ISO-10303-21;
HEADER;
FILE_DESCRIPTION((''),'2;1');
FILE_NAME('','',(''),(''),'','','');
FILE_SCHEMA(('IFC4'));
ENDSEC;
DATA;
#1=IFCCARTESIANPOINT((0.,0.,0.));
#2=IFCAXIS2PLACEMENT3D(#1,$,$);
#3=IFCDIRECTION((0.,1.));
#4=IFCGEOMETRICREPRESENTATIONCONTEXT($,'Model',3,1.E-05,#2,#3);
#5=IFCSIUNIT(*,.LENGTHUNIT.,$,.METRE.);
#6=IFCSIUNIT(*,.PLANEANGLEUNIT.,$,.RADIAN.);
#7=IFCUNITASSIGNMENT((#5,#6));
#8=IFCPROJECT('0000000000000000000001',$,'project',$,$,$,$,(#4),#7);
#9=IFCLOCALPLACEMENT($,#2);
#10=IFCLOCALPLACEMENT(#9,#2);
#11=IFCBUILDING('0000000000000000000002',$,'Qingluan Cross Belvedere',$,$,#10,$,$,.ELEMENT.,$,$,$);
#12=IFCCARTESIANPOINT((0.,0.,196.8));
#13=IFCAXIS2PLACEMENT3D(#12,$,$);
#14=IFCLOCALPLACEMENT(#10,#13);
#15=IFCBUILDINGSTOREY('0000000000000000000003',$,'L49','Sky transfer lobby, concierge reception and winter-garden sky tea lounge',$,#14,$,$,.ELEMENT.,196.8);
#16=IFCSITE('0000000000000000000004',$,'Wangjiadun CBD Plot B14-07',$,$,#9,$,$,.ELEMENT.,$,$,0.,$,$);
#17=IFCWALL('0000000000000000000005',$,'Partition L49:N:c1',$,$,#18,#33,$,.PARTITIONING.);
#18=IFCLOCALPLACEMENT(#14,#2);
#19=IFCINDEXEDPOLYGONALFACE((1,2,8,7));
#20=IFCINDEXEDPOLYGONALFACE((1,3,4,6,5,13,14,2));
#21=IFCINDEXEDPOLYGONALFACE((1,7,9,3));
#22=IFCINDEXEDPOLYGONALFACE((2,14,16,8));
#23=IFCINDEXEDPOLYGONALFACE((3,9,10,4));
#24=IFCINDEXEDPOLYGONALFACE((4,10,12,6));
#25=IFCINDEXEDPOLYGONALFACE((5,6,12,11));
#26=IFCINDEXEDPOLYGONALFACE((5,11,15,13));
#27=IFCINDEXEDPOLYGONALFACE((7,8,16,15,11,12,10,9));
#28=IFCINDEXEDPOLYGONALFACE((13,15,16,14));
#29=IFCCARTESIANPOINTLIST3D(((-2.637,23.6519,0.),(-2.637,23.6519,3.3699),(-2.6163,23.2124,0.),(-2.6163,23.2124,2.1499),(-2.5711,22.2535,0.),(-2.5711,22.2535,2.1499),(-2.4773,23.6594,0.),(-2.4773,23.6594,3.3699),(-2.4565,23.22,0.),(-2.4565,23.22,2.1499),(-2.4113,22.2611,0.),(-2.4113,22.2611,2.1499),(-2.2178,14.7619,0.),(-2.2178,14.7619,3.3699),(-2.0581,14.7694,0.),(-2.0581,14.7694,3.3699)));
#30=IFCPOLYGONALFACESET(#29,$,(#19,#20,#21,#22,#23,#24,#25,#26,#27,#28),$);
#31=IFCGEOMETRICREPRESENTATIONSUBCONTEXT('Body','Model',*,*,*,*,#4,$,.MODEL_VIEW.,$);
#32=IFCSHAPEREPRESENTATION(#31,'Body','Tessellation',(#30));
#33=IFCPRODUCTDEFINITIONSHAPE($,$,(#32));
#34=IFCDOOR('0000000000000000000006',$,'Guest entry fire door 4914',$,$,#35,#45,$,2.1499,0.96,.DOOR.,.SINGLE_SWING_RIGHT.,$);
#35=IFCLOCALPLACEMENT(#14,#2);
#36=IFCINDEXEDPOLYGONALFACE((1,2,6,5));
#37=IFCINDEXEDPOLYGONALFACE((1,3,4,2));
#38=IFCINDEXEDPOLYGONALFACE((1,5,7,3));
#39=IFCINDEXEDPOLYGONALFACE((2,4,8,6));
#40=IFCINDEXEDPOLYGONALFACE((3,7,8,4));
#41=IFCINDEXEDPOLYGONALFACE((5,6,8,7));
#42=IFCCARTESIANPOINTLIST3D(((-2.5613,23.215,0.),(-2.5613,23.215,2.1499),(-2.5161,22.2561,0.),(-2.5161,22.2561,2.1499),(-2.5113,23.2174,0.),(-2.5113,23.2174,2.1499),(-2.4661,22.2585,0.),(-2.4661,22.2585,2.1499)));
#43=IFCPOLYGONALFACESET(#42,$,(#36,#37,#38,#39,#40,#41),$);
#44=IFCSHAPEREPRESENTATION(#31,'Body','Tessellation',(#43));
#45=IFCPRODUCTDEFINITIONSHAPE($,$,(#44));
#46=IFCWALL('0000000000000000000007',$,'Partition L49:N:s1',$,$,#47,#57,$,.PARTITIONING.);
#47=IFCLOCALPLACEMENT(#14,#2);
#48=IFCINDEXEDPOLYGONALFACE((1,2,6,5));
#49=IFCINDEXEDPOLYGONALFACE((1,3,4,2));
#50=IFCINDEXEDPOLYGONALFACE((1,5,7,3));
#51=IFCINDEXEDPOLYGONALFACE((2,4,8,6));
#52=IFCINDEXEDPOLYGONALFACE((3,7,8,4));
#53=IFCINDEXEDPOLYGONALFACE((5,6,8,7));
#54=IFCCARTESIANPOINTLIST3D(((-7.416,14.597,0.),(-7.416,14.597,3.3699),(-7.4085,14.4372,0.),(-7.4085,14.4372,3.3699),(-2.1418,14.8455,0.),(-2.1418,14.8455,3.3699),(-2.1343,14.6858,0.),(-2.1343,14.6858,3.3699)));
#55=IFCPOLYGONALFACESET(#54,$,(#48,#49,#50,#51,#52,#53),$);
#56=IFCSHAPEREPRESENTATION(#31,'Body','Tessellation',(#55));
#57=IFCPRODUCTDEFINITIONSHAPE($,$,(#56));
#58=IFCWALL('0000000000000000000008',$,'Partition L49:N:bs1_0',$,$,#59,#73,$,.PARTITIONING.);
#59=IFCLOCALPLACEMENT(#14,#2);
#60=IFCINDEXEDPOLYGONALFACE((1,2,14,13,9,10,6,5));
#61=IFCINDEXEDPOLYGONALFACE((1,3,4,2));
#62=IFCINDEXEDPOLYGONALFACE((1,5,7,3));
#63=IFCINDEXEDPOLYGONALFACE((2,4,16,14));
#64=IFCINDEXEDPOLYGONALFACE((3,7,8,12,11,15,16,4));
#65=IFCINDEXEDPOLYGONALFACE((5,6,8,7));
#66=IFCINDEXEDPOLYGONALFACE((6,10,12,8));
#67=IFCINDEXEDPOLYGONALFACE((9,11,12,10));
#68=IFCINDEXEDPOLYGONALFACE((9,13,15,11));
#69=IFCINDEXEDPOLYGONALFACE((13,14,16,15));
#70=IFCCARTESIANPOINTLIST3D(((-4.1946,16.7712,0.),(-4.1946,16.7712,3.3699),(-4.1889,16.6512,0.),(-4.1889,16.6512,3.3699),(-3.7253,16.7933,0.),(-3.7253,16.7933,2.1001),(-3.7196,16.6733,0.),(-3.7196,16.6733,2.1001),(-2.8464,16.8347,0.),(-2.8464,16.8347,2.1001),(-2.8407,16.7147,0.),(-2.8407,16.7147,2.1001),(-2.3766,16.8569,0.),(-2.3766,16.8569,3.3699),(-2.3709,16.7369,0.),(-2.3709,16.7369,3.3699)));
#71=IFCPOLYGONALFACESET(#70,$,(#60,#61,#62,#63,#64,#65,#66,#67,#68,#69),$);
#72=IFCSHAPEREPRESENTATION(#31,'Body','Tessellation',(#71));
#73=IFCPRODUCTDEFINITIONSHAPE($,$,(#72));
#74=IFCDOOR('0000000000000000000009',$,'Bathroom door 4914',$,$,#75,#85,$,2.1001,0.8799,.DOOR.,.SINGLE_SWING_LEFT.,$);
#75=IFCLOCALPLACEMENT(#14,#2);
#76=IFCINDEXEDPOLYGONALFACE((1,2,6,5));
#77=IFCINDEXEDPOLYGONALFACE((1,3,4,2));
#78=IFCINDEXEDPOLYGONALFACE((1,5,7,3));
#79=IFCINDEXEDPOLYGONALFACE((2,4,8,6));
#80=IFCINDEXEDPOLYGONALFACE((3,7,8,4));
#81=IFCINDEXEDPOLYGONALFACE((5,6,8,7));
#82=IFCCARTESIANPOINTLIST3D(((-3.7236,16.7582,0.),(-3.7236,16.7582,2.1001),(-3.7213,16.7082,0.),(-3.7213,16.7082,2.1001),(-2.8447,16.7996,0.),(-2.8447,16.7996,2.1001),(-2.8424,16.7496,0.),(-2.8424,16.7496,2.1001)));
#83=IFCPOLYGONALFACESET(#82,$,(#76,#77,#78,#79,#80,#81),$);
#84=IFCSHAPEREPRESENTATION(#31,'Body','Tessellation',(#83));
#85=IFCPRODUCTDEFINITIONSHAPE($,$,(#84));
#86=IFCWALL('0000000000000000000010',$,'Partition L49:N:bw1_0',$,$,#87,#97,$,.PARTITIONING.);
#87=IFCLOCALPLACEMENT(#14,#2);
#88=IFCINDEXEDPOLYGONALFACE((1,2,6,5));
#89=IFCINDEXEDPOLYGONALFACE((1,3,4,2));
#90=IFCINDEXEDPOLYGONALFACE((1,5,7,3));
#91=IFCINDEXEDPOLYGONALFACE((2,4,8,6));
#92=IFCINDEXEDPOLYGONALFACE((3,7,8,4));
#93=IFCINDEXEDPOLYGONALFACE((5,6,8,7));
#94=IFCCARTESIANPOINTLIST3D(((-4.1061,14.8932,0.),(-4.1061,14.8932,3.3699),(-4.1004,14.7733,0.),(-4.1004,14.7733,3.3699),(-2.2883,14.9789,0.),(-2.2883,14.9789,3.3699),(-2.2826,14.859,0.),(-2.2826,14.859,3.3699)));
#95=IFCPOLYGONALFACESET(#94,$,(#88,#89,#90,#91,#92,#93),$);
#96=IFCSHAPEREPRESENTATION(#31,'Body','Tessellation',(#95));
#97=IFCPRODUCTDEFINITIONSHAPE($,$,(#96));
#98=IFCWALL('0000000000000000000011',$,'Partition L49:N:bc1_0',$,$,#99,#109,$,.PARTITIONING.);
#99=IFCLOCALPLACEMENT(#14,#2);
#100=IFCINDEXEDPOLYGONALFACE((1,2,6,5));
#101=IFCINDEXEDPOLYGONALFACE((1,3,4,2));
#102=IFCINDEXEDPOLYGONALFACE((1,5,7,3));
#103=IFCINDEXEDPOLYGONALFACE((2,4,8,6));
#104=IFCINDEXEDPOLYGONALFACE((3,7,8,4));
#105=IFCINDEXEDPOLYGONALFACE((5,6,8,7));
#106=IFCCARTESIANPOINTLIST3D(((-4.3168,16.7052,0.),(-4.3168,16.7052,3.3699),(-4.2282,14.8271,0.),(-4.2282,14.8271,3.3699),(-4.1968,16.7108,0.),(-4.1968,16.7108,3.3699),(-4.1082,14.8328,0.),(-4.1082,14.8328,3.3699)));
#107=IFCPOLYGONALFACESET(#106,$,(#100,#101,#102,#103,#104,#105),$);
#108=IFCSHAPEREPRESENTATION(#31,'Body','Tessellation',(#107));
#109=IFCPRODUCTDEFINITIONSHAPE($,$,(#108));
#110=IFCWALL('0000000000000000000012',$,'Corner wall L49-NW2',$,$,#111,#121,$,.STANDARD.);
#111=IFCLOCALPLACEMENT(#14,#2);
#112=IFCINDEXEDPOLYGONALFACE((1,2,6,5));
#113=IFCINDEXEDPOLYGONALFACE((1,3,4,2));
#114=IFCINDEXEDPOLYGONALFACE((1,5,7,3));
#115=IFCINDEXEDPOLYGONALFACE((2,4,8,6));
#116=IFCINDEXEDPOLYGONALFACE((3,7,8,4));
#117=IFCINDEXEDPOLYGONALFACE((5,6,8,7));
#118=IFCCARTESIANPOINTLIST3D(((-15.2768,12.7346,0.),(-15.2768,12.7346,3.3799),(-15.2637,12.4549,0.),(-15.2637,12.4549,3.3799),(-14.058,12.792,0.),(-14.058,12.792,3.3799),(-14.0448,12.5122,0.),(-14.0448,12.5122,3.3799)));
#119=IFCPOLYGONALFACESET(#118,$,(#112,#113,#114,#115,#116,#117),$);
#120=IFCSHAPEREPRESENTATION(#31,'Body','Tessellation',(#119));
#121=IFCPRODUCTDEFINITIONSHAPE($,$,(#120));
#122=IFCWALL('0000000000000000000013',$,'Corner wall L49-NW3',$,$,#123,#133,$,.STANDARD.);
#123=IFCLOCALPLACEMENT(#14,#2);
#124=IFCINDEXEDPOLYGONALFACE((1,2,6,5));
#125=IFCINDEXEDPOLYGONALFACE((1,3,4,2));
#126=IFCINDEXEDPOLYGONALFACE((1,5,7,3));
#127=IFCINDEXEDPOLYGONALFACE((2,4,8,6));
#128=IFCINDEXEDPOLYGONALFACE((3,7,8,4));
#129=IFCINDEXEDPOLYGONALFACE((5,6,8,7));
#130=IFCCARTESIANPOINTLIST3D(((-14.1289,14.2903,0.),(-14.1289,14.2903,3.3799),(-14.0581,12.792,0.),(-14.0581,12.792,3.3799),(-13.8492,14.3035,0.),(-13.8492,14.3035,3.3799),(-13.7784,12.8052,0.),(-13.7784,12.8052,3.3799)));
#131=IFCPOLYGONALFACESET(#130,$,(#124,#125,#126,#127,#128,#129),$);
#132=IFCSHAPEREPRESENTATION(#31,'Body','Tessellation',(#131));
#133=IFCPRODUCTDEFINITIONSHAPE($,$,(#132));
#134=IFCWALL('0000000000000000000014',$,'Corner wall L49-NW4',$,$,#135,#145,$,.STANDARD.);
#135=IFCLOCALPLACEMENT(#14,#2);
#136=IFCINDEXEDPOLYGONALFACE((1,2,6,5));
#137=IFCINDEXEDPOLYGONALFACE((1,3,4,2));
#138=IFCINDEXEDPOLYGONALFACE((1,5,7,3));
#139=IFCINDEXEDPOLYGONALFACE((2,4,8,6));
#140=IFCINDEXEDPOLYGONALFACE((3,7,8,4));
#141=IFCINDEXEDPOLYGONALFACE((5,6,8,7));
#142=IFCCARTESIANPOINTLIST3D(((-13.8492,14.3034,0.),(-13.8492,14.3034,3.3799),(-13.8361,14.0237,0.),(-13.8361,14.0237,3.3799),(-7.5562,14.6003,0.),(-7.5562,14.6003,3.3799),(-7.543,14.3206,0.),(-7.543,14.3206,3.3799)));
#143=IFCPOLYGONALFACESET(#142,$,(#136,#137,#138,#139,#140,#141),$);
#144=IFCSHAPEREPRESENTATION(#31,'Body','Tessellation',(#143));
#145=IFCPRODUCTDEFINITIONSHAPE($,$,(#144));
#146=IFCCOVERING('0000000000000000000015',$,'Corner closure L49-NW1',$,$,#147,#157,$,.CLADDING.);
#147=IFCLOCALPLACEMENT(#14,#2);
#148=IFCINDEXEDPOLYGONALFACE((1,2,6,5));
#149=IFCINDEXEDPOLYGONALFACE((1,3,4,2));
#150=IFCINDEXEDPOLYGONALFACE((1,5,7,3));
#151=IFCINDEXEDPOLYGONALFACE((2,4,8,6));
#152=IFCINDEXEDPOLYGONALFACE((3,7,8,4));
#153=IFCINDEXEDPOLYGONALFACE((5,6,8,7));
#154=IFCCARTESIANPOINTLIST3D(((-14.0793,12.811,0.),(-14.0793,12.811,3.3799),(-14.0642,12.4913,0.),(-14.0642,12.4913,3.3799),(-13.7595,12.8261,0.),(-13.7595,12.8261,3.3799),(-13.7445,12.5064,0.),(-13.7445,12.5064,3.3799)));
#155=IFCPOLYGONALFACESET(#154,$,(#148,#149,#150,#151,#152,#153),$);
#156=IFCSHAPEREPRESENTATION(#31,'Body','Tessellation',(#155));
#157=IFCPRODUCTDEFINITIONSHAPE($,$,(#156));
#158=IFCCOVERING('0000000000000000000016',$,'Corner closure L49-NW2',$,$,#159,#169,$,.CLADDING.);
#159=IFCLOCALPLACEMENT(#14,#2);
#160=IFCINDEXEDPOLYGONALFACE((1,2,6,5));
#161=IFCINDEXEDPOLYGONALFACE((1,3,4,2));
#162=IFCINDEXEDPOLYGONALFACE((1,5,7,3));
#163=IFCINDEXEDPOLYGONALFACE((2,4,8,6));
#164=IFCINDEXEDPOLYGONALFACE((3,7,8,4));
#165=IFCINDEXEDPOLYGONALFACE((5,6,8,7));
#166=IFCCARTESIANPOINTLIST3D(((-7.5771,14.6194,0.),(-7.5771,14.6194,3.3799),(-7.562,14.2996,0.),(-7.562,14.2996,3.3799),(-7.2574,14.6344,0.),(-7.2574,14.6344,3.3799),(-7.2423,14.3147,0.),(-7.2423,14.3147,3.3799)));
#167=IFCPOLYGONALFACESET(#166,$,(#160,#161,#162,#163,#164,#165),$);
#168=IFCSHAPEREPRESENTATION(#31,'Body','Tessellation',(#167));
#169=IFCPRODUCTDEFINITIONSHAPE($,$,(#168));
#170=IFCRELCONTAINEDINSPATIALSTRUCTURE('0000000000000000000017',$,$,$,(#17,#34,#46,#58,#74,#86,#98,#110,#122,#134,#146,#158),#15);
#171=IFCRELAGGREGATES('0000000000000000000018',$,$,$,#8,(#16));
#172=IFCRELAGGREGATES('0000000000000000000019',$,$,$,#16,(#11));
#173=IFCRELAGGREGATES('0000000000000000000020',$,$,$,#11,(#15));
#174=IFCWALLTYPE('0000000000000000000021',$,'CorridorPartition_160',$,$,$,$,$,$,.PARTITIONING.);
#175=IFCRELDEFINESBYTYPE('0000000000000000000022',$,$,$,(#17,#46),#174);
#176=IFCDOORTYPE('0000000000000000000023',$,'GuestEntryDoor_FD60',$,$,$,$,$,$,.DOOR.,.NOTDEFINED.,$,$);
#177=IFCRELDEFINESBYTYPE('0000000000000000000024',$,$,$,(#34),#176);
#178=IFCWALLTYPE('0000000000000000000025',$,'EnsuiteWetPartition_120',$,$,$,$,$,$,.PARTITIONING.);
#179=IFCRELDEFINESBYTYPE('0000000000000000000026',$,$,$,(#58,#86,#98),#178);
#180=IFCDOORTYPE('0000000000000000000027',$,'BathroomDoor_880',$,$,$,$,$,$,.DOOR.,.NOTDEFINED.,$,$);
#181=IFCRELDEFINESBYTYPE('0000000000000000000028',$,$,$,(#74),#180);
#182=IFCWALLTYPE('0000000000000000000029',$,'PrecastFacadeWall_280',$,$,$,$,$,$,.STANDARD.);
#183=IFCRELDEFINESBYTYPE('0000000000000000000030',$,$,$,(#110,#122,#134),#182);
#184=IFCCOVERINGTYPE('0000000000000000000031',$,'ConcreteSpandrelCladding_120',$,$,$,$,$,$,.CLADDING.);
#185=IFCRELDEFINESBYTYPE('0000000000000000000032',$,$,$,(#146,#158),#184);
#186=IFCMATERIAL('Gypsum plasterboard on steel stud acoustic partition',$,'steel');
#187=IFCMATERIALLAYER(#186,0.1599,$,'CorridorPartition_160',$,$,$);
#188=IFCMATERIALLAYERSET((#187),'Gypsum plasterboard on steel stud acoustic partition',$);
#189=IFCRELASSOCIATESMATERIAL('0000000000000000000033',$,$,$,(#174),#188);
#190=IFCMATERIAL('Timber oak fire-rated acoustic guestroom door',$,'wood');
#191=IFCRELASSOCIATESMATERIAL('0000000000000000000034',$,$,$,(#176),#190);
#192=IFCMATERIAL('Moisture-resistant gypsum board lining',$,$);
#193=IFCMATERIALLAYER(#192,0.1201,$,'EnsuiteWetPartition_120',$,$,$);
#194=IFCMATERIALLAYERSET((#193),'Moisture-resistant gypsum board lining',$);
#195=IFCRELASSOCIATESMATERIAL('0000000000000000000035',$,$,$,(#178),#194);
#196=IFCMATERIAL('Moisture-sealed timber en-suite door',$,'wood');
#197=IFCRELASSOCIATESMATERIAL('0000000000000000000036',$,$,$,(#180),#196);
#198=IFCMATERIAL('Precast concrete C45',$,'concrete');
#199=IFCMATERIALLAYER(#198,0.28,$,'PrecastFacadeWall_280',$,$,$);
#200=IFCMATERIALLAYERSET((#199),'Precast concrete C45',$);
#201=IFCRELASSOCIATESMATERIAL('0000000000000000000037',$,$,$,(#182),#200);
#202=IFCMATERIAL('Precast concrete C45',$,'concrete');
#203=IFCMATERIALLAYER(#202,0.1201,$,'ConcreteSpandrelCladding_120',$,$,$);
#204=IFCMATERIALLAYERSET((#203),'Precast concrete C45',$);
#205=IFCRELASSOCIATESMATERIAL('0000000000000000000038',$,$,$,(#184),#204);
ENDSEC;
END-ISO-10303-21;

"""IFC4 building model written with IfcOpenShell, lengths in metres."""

from ifc_helpers import new_model, si_unit, direction, frame, frame_2d, origin, origin_2d, place, context, subcontext, project, spatial, rectangle, extrude, material, layer, layer_set, type_object, element, fill, save


model = new_model("IFC4")

# Units and contexts
model_context = context("Model", 3, precision=1e-05, world=origin(), true_north=direction((0.0, 1.0)))
body_context = subcontext(model_context, "Body", "Model", "MODEL_VIEW")
ifc_project = project(units=[si_unit("LENGTHUNIT", "METRE"), si_unit("PLANEANGLEUNIT", "RADIAN")], contexts=[model_context])

# Site, building, storey
site_placement = place(None, origin())
site = spatial("IfcSite", under=ifc_project, at=site_placement, Name="Wangjiadun CBD Plot B14-07", CompositionType="ELEMENT", RefElevation=0.0)
building_placement = place(site_placement, origin())
building = spatial("IfcBuilding", under=site, at=building_placement, Name="Qingluan Cross Belvedere", CompositionType="ELEMENT")
storey_placement = place(building_placement, frame((0.0, 0.0, 196.8)))
storey = spatial("IfcBuildingStorey", under=building, at=storey_placement, Name="L49", Description="Sky transfer lobby, concierge reception and winter-garden sky tea lounge", CompositionType="ELEMENT", Elevation=196.8)

# Shared definitions
ifc_material_1 = material(Name="Gypsum plasterboard on steel stud acoustic partition", Category="steel")
ifc_layer_1 = layer(ifc_material_1, 0.1599, Name="CorridorPartition_160")
ifc_layer_set_1 = layer_set([ifc_layer_1], Name="Gypsum plasterboard on steel stud acoustic partition")
wall_type_1 = type_object("IfcWallType", Name="CorridorPartition_160", PredefinedType="PARTITIONING", material=ifc_layer_set_1)

# Wall, opening, door
wall_1_placement = place(storey_placement, frame((-2.1379, 14.7656, 0.0), z_axis=(0.0, 0.0, 1.0), x_axis=(-0.0471, 0.99889, 0.0)))
wall_1 = element("IfcWall", 1, at=wall_1_placement, inside=storey, type_object=wall_type_1, Name="Partition L49:N:c1", PredefinedType="PARTITIONING", context=body_context, shape_type="SweptSolid", body=[
    extrude(rectangle(XDim=8.8999, YDim=0.1599, at=frame_2d((4.45, 0.0))), origin(), (0.0, 0.0, 1.0), 3.3699),
])
opening_1_placement = place(wall_1_placement, frame((7.5, 0.0, 0.0)))
opening_1 = element("IfcOpeningElement", 2, at=opening_1_placement, cuts=wall_1, PredefinedType="OPENING", context=body_context, shape_type="SweptSolid", body=[
    extrude(rectangle(XDim=0.96, YDim=2.1499, at=frame_2d((0.48, 1.075))), frame((0.0, 0.0898, 0.0), z_axis=(0.0, -1.0, 0.0), x_axis=(1.0, 0.0, 0.0)), (0.0, 0.0, 1.0), 0.1799),
])
ifc_material_2 = material(Name="Timber oak fire-rated acoustic guestroom door", Category="wood")
door_type_1 = type_object("IfcDoorType", Name="GuestEntryDoor_FD60", OperationType="NOTDEFINED", PredefinedType="DOOR", material=ifc_material_2)
door_1_placement = place(opening_1_placement, origin())
door_1 = element("IfcDoor", 3, at=door_1_placement, inside=storey, type_object=door_type_1, Name="Guest entry fire door 4914", OperationType="SINGLE_SWING_RIGHT", OverallHeight=2.1499, OverallWidth=0.96, PredefinedType="DOOR", context=body_context, shape_type="SweptSolid", body=[
    extrude(rectangle(XDim=0.96, YDim=2.1499, at=frame_2d((0.48, 1.075))), frame((0.0, 0.0249, 0.0), z_axis=(0.0, -1.0, 0.0), x_axis=(1.0, 0.0, 0.0)), (0.0, 0.0, 1.0), 0.05),
])
fill(opening_1, door_1)

# Wall
wall_2_placement = place(storey_placement, frame((-2.1379, 14.7656, 0.0), z_axis=(0.0, 0.0, 1.0), x_axis=(-0.998892, -0.047071, 0.0)))
element("IfcWall", 4, at=wall_2_placement, inside=storey, type_object=wall_type_1, Name="Partition L49:N:s1", PredefinedType="PARTITIONING", context=body_context, shape_type="SweptSolid", body=[
    extrude(rectangle(XDim=5.28, YDim=0.1599, at=frame_2d((2.6401, 0.0))), origin(), (0.0, 0.0, 1.0), 3.3699),
])

# Wall, opening, door
ifc_material_3 = material(Name="Moisture-resistant gypsum board lining")
ifc_layer_2 = layer(ifc_material_3, 0.1201, Name="EnsuiteWetPartition_120")
ifc_layer_set_2 = layer_set([ifc_layer_2], Name="Moisture-resistant gypsum board lining")
wall_type_2 = type_object("IfcWallType", Name="EnsuiteWetPartition_120", PredefinedType="PARTITIONING", material=ifc_layer_set_2)
wall_3_placement = place(storey_placement, frame((-4.1919, 16.7112, 0.0), z_axis=(0.0, 0.0, 1.0), x_axis=(0.998891, 0.047081, 0.0)))
wall_3 = element("IfcWall", 5, at=wall_3_placement, inside=storey, type_object=wall_type_2, Name="Partition L49:N:bs1_0", PredefinedType="PARTITIONING", context=body_context, shape_type="SweptSolid", body=[
    extrude(rectangle(XDim=1.8201, YDim=0.1201, at=frame_2d((0.9102, 0.0))), origin(), (0.0, 0.0, 1.0), 3.3699),
])
opening_2_placement = place(wall_3_placement, frame((0.47, 0.0, 0.0)))
opening_2 = element("IfcOpeningElement", 6, at=opening_2_placement, cuts=wall_3, PredefinedType="OPENING", context=body_context, shape_type="SweptSolid", body=[
    extrude(rectangle(XDim=0.8799, YDim=2.1001, at=frame_2d((0.4399, 1.05))), frame((0.0, 0.0701, 0.0), z_axis=(0.0, -1.0, 0.0), x_axis=(1.0, 0.0, 0.0)), (0.0, 0.0, 1.0), 0.1401),
])
ifc_material_4 = material(Name="Moisture-sealed timber en-suite door", Category="wood")
door_type_2 = type_object("IfcDoorType", Name="BathroomDoor_880", OperationType="NOTDEFINED", PredefinedType="DOOR", material=ifc_material_4)
door_2_placement = place(opening_2_placement, origin())
door_2 = element("IfcDoor", 7, at=door_2_placement, inside=storey, type_object=door_type_2, Name="Bathroom door 4914", OperationType="SINGLE_SWING_LEFT", OverallHeight=2.1001, OverallWidth=0.8799, PredefinedType="DOOR", context=body_context, shape_type="SweptSolid", body=[
    extrude(rectangle(XDim=0.8799, YDim=2.1001, at=frame_2d((0.4399, 1.05))), frame((0.0, 0.0249, 0.0), z_axis=(0.0, -1.0, 0.0), x_axis=(1.0, 0.0, 0.0)), (0.0, 0.0, 1.0), 0.05),
])
fill(opening_2, door_2)

# Walls
wall_4_placement = place(storey_placement, frame((-4.1033, 14.8333, 0.0), z_axis=(0.0, 0.0, 1.0), x_axis=(0.998891, 0.047087, 0.0)))
element("IfcWall", 8, at=wall_4_placement, inside=storey, type_object=wall_type_2, Name="Partition L49:N:bw1_0", PredefinedType="PARTITIONING", context=body_context, shape_type="SweptSolid", body=[
    extrude(rectangle(XDim=1.8198, YDim=0.1201, at=frame_2d((0.9099, 0.0))), origin(), (0.0, 0.0, 1.0), 3.3699),
])
wall_5_placement = place(storey_placement, frame((-4.1682, 14.8301, 0.0), z_axis=(0.0, 0.0, 1.0), x_axis=(-0.047139, 0.998888, 0.0)))
element("IfcWall", 9, at=wall_5_placement, inside=storey, type_object=wall_type_2, Name="Partition L49:N:bc1_0", PredefinedType="PARTITIONING", context=body_context, shape_type="SweptSolid", body=[
    extrude(rectangle(XDim=1.8801, YDim=0.1201, at=frame_2d((0.9399, 0.0))), origin(), (0.0, 0.0, 1.0), 3.3699),
])
ifc_material_5 = material(Name="Precast concrete C45", Category="concrete")
ifc_layer_3 = layer(ifc_material_5, 0.28, Name="PrecastFacadeWall_280")
ifc_layer_set_3 = layer_set([ifc_layer_3], Name="Precast concrete C45")
wall_type_3 = type_object("IfcWallType", Name="PrecastFacadeWall_280", PredefinedType="STANDARD", material=ifc_layer_set_3)
wall_6_placement = place(storey_placement, frame((-15.2703, 12.5947, 0.0), z_axis=(0.0, 0.0, 1.0), x_axis=(0.998894, 0.047023, 0.0)))
element("IfcWall", 10, at=wall_6_placement, inside=storey, type_object=wall_type_3, Name="Corner wall L49-NW2", PredefinedType="STANDARD", context=body_context, shape_type="SweptSolid", body=[
    extrude(rectangle(XDim=1.2202, YDim=0.28, at=frame_2d((0.6101, 0.0))), origin(), (0.0, 0.0, 1.0), 3.3799),
])
wall_7_placement = place(storey_placement, frame((-13.9182, 12.7986, 0.0), z_axis=(0.0, 0.0, 1.0), x_axis=(-0.047202, 0.998885, 0.0)))
element("IfcWall", 11, at=wall_7_placement, inside=storey, type_object=wall_type_3, Name="Corner wall L49-NW3", PredefinedType="STANDARD", context=body_context, shape_type="SweptSolid", body=[
    extrude(rectangle(XDim=1.5, YDim=0.28, at=frame_2d((0.75, 0.0))), origin(), (0.0, 0.0, 1.0), 3.3799),
])
wall_8_placement = place(storey_placement, frame((-13.8425, 14.1636, 0.0), z_axis=(0.0, 0.0, 1.0), x_axis=(0.998889, 0.047123, 0.0)))
element("IfcWall", 12, at=wall_8_placement, inside=storey, type_object=wall_type_3, Name="Corner wall L49-NW4", PredefinedType="STANDARD", context=body_context, shape_type="SweptSolid", body=[
    extrude(rectangle(XDim=6.3, YDim=0.28, at=frame_2d((3.1499, 0.0))), origin(), (0.0, 0.0, 1.0), 3.3799),
])

# Coverings
ifc_material_6 = material(Name="Precast concrete C45", Category="concrete")
ifc_layer_4 = layer(ifc_material_6, 0.1201, Name="ConcreteSpandrelCladding_120")
ifc_layer_set_4 = layer_set([ifc_layer_4], Name="Precast concrete C45")
covering_type_1 = type_object("IfcCoveringType", Name="ConcreteSpandrelCladding_120", PredefinedType="CLADDING", material=ifc_layer_set_4)
for number, where, z_axis, x_axis, name in (
    (13, (-13.9119, 12.6587, 0.0), (0.0, 0.0, 1.0), (0.99889, 0.047106, 0.0), "Corner closure L49-NW1"),
    (14, (-7.4097, 14.467, 0.0), (0.0, 0.0, 1.0), (0.99889, 0.047106, 0.0), "Corner closure L49-NW2"),
):
    element("IfcCovering", number, at=place(storey_placement, frame(where, z_axis=z_axis, x_axis=x_axis)), inside=storey, type_object=covering_type_1, Name=name, PredefinedType="CLADDING", context=body_context, shape_type="SweptSolid", body=[
        extrude(rectangle(XDim=0.3201, YDim=0.3201, at=origin_2d()), origin(), (0.0, 0.0, 1.0), 3.3799),
    ])

save(model, "model.ifc")
